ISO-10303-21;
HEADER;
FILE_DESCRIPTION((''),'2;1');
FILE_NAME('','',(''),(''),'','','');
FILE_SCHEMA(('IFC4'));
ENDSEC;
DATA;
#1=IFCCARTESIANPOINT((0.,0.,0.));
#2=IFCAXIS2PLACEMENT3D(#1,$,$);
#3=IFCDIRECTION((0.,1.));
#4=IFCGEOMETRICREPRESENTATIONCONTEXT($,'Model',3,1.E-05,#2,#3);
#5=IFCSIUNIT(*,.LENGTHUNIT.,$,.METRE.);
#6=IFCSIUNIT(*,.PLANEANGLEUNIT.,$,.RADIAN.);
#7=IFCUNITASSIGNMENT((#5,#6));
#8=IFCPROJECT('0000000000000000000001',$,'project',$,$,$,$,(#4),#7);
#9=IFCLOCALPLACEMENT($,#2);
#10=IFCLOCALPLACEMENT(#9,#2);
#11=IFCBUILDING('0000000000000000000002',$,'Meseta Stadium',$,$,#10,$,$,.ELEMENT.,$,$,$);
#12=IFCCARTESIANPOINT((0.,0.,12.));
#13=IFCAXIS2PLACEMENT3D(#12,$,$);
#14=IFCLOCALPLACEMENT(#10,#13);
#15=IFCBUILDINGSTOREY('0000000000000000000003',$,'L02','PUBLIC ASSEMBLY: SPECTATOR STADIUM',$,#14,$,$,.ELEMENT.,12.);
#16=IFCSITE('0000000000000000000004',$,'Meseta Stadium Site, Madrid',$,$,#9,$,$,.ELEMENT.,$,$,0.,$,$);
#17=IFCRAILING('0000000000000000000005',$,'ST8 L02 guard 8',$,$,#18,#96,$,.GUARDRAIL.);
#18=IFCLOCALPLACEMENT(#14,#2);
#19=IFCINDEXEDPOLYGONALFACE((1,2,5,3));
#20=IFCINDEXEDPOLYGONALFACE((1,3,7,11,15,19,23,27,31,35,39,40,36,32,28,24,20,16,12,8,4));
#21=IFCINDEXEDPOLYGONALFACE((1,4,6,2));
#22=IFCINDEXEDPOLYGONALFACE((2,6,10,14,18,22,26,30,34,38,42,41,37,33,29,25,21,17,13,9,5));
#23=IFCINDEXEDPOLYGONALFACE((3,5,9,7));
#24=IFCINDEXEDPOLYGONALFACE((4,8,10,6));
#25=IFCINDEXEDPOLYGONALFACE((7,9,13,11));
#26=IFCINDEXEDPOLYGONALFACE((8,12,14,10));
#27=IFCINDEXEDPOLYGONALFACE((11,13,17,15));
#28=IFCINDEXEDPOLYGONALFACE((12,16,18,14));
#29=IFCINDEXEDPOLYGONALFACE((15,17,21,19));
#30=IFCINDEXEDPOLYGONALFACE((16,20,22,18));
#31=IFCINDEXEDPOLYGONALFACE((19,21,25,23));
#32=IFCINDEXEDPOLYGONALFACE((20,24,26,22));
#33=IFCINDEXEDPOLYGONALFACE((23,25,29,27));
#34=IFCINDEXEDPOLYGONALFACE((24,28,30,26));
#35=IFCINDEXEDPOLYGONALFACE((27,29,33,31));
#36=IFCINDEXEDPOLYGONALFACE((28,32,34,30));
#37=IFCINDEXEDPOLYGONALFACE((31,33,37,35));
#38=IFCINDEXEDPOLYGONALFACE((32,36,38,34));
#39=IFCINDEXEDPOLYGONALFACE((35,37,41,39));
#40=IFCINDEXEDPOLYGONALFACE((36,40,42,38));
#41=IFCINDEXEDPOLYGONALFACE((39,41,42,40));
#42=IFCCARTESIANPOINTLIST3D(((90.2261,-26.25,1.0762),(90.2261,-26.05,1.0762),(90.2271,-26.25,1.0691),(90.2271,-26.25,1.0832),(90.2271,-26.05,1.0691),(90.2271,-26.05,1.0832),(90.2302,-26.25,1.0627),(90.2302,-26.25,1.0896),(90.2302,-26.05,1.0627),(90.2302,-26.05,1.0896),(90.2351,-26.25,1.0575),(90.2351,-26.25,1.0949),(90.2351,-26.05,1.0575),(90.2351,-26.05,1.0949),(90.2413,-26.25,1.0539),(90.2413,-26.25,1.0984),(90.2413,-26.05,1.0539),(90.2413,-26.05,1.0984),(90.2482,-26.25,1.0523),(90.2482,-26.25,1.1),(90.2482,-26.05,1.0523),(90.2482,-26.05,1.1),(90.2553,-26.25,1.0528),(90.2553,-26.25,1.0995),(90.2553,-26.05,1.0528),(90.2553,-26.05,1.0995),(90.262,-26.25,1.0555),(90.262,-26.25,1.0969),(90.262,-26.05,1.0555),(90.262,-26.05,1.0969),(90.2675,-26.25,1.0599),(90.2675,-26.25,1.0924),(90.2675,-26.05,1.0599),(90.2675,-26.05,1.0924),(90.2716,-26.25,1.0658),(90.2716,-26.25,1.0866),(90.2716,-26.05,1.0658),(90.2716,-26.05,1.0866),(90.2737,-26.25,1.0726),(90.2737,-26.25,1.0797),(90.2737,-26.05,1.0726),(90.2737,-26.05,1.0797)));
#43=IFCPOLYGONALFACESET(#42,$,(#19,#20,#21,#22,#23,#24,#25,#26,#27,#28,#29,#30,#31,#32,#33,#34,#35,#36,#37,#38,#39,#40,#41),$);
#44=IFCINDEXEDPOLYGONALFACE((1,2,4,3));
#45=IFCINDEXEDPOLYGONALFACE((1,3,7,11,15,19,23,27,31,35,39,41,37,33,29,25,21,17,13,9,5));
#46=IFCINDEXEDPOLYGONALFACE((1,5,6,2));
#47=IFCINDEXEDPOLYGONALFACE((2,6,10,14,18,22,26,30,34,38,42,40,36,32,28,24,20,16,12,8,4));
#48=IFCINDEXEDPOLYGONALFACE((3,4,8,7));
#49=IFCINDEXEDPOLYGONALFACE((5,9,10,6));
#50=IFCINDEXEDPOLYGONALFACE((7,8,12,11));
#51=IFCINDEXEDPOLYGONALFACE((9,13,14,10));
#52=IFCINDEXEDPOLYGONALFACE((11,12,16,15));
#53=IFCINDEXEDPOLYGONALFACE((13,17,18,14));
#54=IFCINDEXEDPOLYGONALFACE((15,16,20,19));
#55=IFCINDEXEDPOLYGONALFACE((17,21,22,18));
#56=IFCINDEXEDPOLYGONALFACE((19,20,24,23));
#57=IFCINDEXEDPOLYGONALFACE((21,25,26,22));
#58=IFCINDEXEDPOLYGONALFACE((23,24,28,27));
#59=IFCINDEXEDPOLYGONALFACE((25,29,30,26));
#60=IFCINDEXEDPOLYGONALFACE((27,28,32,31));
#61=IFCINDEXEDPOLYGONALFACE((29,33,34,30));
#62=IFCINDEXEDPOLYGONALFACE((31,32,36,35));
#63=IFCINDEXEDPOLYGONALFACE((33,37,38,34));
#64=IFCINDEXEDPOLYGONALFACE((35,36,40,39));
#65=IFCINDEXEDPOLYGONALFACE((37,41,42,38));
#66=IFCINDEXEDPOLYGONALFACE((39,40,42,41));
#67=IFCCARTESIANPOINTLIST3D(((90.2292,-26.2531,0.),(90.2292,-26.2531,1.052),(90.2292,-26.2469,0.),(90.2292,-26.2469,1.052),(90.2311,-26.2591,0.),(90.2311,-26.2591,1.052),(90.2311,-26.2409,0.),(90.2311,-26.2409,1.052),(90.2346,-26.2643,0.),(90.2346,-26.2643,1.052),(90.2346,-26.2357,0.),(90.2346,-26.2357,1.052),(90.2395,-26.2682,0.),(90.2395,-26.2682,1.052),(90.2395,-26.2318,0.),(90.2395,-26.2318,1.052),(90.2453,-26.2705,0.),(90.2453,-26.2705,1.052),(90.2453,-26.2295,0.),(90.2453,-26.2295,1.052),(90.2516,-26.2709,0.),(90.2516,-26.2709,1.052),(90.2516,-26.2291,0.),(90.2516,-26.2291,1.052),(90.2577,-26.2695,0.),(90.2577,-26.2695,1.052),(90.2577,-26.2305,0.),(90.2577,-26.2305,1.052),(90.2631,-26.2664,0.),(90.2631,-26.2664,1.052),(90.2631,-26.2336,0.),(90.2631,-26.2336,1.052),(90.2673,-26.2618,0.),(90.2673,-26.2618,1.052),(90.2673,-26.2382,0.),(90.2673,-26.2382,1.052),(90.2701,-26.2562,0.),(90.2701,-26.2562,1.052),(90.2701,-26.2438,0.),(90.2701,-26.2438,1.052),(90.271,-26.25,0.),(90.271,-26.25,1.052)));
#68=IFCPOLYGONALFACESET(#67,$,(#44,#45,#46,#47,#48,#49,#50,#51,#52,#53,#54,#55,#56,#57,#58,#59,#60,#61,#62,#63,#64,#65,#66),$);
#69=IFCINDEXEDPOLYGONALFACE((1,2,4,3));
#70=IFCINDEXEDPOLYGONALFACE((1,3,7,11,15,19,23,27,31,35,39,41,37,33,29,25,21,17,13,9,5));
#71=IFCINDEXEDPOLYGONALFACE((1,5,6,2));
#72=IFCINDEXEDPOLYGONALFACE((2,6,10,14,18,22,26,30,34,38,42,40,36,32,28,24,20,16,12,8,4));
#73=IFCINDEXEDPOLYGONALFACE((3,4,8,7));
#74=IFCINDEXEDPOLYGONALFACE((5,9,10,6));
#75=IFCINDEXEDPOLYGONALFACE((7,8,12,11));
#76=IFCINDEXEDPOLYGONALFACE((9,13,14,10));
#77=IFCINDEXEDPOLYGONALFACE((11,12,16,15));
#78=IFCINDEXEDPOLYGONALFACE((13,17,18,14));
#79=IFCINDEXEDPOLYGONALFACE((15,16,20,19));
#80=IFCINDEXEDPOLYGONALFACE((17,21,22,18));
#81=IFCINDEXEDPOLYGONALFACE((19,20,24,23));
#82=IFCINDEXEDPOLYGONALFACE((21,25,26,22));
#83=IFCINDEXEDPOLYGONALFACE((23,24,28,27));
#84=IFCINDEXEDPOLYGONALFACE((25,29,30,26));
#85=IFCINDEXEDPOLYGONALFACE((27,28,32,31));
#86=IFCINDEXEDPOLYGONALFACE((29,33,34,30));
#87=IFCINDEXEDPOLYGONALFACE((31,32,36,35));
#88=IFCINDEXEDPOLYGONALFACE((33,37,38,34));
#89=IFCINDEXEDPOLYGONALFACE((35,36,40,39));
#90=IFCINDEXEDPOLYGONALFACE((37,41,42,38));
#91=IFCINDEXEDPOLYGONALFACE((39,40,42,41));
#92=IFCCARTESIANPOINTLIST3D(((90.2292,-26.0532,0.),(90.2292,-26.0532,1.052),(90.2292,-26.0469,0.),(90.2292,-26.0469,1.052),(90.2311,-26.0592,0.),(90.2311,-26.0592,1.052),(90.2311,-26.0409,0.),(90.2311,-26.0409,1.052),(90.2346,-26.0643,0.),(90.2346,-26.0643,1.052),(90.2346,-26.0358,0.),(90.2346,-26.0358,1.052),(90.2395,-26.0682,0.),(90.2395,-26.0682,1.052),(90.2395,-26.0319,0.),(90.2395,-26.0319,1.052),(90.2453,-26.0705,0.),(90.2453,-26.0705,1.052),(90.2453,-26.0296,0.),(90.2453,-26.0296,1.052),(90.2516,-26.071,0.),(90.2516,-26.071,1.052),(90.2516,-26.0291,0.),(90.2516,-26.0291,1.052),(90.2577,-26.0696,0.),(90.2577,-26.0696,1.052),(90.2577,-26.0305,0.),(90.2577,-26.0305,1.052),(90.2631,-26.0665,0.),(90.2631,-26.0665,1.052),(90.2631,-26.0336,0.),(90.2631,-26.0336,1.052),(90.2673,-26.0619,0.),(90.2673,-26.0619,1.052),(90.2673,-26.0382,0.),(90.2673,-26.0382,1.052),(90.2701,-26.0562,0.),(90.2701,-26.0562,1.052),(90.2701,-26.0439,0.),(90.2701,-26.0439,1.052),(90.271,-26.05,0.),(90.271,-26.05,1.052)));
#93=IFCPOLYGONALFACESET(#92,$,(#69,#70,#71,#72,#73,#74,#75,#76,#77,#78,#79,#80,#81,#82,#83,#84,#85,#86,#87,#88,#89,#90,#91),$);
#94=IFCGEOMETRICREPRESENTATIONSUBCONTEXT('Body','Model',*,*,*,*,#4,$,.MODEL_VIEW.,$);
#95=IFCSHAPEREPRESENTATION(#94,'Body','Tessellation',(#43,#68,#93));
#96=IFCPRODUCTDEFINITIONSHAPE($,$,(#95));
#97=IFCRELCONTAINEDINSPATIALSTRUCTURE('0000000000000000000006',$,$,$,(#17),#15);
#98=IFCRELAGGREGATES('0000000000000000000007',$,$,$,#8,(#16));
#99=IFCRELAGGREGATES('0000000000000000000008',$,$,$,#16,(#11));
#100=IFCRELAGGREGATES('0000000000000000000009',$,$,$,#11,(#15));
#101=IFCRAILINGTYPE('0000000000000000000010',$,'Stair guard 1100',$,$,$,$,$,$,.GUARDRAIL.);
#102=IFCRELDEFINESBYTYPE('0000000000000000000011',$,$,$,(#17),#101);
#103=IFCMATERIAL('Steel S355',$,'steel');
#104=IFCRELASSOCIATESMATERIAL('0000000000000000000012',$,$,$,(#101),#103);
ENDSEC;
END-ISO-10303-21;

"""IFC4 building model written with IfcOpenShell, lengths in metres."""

from ifc_helpers import new_model, si_unit, direction, frame, origin, origin_2d, place, context, subcontext, project, spatial, circle, extrude, material, type_object, element, save


model = new_model("IFC4")

# Units and contexts
model_context = context("Model", 3, precision=1e-05, world=origin(), true_north=direction((0.0, 1.0)))
body_context = subcontext(model_context, "Body", "Model", "MODEL_VIEW")
ifc_project = project(units=[si_unit("LENGTHUNIT", "METRE"), si_unit("PLANEANGLEUNIT", "RADIAN")], contexts=[model_context])

# Site, building, storey
site_placement = place(None, origin())
site = spatial("IfcSite", under=ifc_project, at=site_placement, Name="Meseta Stadium Site, Madrid", CompositionType="ELEMENT", RefElevation=0.0)
building_placement = place(site_placement, origin())
building = spatial("IfcBuilding", under=site, at=building_placement, Name="Meseta Stadium", CompositionType="ELEMENT")
storey_placement = place(building_placement, frame((0.0, 0.0, 12.0)))
storey = spatial("IfcBuildingStorey", under=building, at=storey_placement, Name="L02", Description="PUBLIC ASSEMBLY: SPECTATOR STADIUM", CompositionType="ELEMENT", Elevation=12.0)

# Railing
ifc_material_1 = material(Name="Steel S355", Category="steel")
railing_type_1 = type_object("IfcRailingType", Name="Stair guard 1100", PredefinedType="GUARDRAIL", material=ifc_material_1)
railing_1_placement = place(storey_placement, frame((90.25, -26.25, 0.0)))
element("IfcRailing", 1, at=railing_1_placement, inside=storey, type_object=railing_type_1, Name="ST8 L02 guard 8", PredefinedType="GUARDRAIL", context=body_context, shape_type="SweptSolid", body=[
    extrude(circle(Radius=0.0239, at=origin_2d()), frame((0.0, 0.0, 1.0762), z_axis=(0.0, 1.0, 0.0), x_axis=(-1.0, 0.0, 0.0)), (0.0, 0.0, 1.0), 0.2),
    extrude(circle(Radius=0.021, at=origin_2d()), origin(), (0.0, 0.0, 1.0), 1.052),
    extrude(circle(Radius=0.021, at=origin_2d()), frame((0.0, 0.2, 0.0)), (0.0, 0.0, 1.0), 1.052),
])

save(model, "model.ifc")
